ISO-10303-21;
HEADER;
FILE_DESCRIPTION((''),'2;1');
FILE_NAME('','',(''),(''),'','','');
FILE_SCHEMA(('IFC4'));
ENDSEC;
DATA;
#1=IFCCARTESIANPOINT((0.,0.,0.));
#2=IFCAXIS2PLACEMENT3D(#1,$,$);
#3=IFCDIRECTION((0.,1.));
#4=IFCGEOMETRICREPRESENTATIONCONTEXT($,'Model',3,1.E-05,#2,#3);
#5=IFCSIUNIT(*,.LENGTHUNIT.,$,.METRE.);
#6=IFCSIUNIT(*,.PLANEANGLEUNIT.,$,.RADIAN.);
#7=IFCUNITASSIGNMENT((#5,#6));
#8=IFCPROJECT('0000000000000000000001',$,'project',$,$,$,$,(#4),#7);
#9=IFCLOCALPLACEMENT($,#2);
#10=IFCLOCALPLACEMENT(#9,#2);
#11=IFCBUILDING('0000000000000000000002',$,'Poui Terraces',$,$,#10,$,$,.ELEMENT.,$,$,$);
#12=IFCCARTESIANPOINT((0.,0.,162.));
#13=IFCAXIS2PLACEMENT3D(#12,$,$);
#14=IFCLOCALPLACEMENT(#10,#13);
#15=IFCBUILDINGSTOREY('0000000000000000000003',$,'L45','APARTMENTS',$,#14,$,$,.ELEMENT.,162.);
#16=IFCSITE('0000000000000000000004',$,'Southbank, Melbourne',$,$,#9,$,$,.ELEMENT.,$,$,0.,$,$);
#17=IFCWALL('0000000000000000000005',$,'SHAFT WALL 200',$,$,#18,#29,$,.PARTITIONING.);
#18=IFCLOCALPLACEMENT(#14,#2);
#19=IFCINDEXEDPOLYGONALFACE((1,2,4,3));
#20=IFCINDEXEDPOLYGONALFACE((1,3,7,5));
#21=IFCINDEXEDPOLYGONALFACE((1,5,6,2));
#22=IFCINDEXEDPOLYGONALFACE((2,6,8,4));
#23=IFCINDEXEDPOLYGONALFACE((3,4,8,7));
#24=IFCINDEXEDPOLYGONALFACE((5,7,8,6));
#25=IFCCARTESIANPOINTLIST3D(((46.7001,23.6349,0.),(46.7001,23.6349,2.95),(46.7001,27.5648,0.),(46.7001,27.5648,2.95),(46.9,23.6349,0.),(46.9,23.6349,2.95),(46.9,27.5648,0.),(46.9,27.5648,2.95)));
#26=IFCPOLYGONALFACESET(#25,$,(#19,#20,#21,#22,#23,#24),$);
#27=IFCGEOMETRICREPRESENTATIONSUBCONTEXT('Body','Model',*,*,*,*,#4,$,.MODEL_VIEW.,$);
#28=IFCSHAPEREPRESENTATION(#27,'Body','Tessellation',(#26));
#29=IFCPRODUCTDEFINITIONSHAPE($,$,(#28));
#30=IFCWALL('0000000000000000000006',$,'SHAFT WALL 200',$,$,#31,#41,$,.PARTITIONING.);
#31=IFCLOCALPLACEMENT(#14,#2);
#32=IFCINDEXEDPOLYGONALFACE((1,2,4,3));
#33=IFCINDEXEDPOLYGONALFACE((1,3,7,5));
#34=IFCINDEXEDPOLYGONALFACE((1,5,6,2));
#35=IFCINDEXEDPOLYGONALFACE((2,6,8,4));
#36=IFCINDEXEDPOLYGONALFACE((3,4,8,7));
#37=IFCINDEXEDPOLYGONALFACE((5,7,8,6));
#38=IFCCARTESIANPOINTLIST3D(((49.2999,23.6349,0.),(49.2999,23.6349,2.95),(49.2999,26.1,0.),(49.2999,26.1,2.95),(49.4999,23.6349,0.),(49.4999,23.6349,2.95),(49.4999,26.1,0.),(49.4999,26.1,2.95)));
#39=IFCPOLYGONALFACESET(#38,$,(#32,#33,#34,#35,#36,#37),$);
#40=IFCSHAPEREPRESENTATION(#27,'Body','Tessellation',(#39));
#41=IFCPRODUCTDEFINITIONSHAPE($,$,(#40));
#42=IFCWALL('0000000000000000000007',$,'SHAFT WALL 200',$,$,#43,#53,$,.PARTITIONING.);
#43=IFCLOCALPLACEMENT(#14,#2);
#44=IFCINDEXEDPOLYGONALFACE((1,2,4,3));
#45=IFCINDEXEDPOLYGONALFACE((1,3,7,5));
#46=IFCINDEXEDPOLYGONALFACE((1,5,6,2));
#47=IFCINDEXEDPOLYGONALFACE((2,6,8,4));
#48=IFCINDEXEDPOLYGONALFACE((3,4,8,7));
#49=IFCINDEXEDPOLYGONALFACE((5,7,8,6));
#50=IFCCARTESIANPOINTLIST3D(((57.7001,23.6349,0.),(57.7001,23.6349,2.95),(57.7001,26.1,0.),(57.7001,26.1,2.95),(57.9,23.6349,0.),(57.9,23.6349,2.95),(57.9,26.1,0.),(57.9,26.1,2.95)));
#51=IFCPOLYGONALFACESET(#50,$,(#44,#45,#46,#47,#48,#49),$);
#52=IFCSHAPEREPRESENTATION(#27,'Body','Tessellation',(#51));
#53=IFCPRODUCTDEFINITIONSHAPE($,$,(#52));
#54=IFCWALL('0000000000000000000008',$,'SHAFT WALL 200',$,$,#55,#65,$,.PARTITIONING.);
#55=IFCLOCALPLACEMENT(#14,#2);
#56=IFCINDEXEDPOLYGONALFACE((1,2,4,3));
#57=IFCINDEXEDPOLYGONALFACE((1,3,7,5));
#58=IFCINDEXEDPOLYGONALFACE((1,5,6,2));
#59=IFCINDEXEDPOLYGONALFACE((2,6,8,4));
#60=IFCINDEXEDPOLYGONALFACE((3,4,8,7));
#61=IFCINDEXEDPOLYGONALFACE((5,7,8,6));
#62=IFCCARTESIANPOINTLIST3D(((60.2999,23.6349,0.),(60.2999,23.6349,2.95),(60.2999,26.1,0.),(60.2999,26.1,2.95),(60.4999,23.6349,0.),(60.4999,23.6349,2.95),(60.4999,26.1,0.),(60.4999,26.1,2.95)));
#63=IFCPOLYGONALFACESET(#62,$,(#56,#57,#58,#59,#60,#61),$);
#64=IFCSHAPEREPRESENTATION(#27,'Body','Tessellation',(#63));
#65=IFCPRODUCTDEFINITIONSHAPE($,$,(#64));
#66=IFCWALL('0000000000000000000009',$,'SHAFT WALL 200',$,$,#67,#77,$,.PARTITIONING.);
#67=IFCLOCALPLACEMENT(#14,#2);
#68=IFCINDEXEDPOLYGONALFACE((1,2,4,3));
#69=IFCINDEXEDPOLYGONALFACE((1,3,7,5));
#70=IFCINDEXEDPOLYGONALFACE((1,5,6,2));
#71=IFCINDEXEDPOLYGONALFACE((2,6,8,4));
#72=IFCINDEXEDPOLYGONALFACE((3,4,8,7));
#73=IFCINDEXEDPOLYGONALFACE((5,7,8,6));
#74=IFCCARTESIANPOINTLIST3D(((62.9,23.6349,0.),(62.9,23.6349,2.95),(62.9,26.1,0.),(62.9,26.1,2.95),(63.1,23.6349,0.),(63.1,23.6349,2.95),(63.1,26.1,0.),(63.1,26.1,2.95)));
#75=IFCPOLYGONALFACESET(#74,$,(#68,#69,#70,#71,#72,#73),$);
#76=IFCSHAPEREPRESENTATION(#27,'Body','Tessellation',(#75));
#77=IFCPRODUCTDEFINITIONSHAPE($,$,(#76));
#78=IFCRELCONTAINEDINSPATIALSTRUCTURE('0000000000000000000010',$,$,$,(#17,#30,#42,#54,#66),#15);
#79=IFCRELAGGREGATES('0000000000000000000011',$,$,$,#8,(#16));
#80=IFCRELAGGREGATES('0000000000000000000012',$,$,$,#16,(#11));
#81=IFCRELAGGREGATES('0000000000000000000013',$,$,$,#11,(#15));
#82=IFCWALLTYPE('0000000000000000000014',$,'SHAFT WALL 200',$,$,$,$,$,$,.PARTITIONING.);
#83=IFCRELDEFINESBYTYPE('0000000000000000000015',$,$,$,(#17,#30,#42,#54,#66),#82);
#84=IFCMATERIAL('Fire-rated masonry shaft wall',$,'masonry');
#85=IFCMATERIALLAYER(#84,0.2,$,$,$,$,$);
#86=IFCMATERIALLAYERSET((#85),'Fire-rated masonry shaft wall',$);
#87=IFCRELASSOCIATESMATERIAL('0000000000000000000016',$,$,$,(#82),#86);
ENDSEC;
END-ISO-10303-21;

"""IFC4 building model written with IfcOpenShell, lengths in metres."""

from ifc_helpers import new_model, si_unit, direction, frame, frame_2d, origin, place, context, subcontext, project, spatial, rectangle, extrude, material, layer, layer_set, type_object, element, save


model = new_model("IFC4")

# Units and contexts
model_context = context("Model", 3, precision=1e-05, world=origin(), true_north=direction((0.0, 1.0)))
body_context = subcontext(model_context, "Body", "Model", "MODEL_VIEW")
ifc_project = project(units=[si_unit("LENGTHUNIT", "METRE"), si_unit("PLANEANGLEUNIT", "RADIAN")], contexts=[model_context])

# Site, building, storey
site_placement = place(None, origin())
site = spatial("IfcSite", under=ifc_project, at=site_placement, Name="Southbank, Melbourne", CompositionType="ELEMENT", RefElevation=0.0)
building_placement = place(site_placement, origin())
building = spatial("IfcBuilding", under=site, at=building_placement, Name="Poui Terraces", CompositionType="ELEMENT")
storey_placement = place(building_placement, frame((0.0, 0.0, 162.0)))
storey = spatial("IfcBuildingStorey", under=building, at=storey_placement, Name="L45", Description="APARTMENTS", CompositionType="ELEMENT", Elevation=162.0)

# Walls
ifc_material_1 = material(Name="Fire-rated masonry shaft wall", Category="masonry")
ifc_layer_1 = layer(ifc_material_1, 0.2)
ifc_layer_set_1 = layer_set([ifc_layer_1], Name="Fire-rated masonry shaft wall")
wall_type_1 = type_object("IfcWallType", Name="SHAFT WALL 200", PredefinedType="PARTITIONING", material=ifc_layer_set_1)
for number, where, z_axis, x_axis, name in (
    (1, (46.8, 23.635, 0.0), (0.0, 0.0, 1.0), (0.0, 1.0, 0.0), "SHAFT WALL 200"),
):
    element("IfcWall", number, at=place(storey_placement, frame(where, z_axis=z_axis, x_axis=x_axis)), inside=storey, type_object=wall_type_1, Name=name, PredefinedType="PARTITIONING", context=body_context, shape_type="SweptSolid", body=[
        extrude(rectangle(XDim=3.9299, YDim=0.2, at=frame_2d((1.9648, 0.0))), origin(), (0.0, 0.0, 1.0), 2.95),
    ])
for number, where, z_axis, x_axis, name in (
    (2, (49.3999, 23.635, 0.0), (0.0, 0.0, 1.0), (0.0, 1.0, 0.0), "SHAFT WALL 200"),
    (3, (57.8, 23.635, 0.0), (0.0, 0.0, 1.0), (0.0, 1.0, 0.0), "SHAFT WALL 200"),
    (4, (60.3999, 23.635, 0.0), (0.0, 0.0, 1.0), (0.0, 1.0, 0.0), "SHAFT WALL 200"),
    (5, (63.0, 23.635, 0.0), (0.0, 0.0, 1.0), (0.0, 1.0, 0.0), "SHAFT WALL 200"),
):
    element("IfcWall", number, at=place(storey_placement, frame(where, z_axis=z_axis, x_axis=x_axis)), inside=storey, type_object=wall_type_1, Name=name, PredefinedType="PARTITIONING", context=body_context, shape_type="SweptSolid", body=[
        extrude(rectangle(XDim=2.4651, YDim=0.2, at=frame_2d((1.2324, 0.0))), origin(), (0.0, 0.0, 1.0), 2.95),
    ])

save(model, "model.ifc")
